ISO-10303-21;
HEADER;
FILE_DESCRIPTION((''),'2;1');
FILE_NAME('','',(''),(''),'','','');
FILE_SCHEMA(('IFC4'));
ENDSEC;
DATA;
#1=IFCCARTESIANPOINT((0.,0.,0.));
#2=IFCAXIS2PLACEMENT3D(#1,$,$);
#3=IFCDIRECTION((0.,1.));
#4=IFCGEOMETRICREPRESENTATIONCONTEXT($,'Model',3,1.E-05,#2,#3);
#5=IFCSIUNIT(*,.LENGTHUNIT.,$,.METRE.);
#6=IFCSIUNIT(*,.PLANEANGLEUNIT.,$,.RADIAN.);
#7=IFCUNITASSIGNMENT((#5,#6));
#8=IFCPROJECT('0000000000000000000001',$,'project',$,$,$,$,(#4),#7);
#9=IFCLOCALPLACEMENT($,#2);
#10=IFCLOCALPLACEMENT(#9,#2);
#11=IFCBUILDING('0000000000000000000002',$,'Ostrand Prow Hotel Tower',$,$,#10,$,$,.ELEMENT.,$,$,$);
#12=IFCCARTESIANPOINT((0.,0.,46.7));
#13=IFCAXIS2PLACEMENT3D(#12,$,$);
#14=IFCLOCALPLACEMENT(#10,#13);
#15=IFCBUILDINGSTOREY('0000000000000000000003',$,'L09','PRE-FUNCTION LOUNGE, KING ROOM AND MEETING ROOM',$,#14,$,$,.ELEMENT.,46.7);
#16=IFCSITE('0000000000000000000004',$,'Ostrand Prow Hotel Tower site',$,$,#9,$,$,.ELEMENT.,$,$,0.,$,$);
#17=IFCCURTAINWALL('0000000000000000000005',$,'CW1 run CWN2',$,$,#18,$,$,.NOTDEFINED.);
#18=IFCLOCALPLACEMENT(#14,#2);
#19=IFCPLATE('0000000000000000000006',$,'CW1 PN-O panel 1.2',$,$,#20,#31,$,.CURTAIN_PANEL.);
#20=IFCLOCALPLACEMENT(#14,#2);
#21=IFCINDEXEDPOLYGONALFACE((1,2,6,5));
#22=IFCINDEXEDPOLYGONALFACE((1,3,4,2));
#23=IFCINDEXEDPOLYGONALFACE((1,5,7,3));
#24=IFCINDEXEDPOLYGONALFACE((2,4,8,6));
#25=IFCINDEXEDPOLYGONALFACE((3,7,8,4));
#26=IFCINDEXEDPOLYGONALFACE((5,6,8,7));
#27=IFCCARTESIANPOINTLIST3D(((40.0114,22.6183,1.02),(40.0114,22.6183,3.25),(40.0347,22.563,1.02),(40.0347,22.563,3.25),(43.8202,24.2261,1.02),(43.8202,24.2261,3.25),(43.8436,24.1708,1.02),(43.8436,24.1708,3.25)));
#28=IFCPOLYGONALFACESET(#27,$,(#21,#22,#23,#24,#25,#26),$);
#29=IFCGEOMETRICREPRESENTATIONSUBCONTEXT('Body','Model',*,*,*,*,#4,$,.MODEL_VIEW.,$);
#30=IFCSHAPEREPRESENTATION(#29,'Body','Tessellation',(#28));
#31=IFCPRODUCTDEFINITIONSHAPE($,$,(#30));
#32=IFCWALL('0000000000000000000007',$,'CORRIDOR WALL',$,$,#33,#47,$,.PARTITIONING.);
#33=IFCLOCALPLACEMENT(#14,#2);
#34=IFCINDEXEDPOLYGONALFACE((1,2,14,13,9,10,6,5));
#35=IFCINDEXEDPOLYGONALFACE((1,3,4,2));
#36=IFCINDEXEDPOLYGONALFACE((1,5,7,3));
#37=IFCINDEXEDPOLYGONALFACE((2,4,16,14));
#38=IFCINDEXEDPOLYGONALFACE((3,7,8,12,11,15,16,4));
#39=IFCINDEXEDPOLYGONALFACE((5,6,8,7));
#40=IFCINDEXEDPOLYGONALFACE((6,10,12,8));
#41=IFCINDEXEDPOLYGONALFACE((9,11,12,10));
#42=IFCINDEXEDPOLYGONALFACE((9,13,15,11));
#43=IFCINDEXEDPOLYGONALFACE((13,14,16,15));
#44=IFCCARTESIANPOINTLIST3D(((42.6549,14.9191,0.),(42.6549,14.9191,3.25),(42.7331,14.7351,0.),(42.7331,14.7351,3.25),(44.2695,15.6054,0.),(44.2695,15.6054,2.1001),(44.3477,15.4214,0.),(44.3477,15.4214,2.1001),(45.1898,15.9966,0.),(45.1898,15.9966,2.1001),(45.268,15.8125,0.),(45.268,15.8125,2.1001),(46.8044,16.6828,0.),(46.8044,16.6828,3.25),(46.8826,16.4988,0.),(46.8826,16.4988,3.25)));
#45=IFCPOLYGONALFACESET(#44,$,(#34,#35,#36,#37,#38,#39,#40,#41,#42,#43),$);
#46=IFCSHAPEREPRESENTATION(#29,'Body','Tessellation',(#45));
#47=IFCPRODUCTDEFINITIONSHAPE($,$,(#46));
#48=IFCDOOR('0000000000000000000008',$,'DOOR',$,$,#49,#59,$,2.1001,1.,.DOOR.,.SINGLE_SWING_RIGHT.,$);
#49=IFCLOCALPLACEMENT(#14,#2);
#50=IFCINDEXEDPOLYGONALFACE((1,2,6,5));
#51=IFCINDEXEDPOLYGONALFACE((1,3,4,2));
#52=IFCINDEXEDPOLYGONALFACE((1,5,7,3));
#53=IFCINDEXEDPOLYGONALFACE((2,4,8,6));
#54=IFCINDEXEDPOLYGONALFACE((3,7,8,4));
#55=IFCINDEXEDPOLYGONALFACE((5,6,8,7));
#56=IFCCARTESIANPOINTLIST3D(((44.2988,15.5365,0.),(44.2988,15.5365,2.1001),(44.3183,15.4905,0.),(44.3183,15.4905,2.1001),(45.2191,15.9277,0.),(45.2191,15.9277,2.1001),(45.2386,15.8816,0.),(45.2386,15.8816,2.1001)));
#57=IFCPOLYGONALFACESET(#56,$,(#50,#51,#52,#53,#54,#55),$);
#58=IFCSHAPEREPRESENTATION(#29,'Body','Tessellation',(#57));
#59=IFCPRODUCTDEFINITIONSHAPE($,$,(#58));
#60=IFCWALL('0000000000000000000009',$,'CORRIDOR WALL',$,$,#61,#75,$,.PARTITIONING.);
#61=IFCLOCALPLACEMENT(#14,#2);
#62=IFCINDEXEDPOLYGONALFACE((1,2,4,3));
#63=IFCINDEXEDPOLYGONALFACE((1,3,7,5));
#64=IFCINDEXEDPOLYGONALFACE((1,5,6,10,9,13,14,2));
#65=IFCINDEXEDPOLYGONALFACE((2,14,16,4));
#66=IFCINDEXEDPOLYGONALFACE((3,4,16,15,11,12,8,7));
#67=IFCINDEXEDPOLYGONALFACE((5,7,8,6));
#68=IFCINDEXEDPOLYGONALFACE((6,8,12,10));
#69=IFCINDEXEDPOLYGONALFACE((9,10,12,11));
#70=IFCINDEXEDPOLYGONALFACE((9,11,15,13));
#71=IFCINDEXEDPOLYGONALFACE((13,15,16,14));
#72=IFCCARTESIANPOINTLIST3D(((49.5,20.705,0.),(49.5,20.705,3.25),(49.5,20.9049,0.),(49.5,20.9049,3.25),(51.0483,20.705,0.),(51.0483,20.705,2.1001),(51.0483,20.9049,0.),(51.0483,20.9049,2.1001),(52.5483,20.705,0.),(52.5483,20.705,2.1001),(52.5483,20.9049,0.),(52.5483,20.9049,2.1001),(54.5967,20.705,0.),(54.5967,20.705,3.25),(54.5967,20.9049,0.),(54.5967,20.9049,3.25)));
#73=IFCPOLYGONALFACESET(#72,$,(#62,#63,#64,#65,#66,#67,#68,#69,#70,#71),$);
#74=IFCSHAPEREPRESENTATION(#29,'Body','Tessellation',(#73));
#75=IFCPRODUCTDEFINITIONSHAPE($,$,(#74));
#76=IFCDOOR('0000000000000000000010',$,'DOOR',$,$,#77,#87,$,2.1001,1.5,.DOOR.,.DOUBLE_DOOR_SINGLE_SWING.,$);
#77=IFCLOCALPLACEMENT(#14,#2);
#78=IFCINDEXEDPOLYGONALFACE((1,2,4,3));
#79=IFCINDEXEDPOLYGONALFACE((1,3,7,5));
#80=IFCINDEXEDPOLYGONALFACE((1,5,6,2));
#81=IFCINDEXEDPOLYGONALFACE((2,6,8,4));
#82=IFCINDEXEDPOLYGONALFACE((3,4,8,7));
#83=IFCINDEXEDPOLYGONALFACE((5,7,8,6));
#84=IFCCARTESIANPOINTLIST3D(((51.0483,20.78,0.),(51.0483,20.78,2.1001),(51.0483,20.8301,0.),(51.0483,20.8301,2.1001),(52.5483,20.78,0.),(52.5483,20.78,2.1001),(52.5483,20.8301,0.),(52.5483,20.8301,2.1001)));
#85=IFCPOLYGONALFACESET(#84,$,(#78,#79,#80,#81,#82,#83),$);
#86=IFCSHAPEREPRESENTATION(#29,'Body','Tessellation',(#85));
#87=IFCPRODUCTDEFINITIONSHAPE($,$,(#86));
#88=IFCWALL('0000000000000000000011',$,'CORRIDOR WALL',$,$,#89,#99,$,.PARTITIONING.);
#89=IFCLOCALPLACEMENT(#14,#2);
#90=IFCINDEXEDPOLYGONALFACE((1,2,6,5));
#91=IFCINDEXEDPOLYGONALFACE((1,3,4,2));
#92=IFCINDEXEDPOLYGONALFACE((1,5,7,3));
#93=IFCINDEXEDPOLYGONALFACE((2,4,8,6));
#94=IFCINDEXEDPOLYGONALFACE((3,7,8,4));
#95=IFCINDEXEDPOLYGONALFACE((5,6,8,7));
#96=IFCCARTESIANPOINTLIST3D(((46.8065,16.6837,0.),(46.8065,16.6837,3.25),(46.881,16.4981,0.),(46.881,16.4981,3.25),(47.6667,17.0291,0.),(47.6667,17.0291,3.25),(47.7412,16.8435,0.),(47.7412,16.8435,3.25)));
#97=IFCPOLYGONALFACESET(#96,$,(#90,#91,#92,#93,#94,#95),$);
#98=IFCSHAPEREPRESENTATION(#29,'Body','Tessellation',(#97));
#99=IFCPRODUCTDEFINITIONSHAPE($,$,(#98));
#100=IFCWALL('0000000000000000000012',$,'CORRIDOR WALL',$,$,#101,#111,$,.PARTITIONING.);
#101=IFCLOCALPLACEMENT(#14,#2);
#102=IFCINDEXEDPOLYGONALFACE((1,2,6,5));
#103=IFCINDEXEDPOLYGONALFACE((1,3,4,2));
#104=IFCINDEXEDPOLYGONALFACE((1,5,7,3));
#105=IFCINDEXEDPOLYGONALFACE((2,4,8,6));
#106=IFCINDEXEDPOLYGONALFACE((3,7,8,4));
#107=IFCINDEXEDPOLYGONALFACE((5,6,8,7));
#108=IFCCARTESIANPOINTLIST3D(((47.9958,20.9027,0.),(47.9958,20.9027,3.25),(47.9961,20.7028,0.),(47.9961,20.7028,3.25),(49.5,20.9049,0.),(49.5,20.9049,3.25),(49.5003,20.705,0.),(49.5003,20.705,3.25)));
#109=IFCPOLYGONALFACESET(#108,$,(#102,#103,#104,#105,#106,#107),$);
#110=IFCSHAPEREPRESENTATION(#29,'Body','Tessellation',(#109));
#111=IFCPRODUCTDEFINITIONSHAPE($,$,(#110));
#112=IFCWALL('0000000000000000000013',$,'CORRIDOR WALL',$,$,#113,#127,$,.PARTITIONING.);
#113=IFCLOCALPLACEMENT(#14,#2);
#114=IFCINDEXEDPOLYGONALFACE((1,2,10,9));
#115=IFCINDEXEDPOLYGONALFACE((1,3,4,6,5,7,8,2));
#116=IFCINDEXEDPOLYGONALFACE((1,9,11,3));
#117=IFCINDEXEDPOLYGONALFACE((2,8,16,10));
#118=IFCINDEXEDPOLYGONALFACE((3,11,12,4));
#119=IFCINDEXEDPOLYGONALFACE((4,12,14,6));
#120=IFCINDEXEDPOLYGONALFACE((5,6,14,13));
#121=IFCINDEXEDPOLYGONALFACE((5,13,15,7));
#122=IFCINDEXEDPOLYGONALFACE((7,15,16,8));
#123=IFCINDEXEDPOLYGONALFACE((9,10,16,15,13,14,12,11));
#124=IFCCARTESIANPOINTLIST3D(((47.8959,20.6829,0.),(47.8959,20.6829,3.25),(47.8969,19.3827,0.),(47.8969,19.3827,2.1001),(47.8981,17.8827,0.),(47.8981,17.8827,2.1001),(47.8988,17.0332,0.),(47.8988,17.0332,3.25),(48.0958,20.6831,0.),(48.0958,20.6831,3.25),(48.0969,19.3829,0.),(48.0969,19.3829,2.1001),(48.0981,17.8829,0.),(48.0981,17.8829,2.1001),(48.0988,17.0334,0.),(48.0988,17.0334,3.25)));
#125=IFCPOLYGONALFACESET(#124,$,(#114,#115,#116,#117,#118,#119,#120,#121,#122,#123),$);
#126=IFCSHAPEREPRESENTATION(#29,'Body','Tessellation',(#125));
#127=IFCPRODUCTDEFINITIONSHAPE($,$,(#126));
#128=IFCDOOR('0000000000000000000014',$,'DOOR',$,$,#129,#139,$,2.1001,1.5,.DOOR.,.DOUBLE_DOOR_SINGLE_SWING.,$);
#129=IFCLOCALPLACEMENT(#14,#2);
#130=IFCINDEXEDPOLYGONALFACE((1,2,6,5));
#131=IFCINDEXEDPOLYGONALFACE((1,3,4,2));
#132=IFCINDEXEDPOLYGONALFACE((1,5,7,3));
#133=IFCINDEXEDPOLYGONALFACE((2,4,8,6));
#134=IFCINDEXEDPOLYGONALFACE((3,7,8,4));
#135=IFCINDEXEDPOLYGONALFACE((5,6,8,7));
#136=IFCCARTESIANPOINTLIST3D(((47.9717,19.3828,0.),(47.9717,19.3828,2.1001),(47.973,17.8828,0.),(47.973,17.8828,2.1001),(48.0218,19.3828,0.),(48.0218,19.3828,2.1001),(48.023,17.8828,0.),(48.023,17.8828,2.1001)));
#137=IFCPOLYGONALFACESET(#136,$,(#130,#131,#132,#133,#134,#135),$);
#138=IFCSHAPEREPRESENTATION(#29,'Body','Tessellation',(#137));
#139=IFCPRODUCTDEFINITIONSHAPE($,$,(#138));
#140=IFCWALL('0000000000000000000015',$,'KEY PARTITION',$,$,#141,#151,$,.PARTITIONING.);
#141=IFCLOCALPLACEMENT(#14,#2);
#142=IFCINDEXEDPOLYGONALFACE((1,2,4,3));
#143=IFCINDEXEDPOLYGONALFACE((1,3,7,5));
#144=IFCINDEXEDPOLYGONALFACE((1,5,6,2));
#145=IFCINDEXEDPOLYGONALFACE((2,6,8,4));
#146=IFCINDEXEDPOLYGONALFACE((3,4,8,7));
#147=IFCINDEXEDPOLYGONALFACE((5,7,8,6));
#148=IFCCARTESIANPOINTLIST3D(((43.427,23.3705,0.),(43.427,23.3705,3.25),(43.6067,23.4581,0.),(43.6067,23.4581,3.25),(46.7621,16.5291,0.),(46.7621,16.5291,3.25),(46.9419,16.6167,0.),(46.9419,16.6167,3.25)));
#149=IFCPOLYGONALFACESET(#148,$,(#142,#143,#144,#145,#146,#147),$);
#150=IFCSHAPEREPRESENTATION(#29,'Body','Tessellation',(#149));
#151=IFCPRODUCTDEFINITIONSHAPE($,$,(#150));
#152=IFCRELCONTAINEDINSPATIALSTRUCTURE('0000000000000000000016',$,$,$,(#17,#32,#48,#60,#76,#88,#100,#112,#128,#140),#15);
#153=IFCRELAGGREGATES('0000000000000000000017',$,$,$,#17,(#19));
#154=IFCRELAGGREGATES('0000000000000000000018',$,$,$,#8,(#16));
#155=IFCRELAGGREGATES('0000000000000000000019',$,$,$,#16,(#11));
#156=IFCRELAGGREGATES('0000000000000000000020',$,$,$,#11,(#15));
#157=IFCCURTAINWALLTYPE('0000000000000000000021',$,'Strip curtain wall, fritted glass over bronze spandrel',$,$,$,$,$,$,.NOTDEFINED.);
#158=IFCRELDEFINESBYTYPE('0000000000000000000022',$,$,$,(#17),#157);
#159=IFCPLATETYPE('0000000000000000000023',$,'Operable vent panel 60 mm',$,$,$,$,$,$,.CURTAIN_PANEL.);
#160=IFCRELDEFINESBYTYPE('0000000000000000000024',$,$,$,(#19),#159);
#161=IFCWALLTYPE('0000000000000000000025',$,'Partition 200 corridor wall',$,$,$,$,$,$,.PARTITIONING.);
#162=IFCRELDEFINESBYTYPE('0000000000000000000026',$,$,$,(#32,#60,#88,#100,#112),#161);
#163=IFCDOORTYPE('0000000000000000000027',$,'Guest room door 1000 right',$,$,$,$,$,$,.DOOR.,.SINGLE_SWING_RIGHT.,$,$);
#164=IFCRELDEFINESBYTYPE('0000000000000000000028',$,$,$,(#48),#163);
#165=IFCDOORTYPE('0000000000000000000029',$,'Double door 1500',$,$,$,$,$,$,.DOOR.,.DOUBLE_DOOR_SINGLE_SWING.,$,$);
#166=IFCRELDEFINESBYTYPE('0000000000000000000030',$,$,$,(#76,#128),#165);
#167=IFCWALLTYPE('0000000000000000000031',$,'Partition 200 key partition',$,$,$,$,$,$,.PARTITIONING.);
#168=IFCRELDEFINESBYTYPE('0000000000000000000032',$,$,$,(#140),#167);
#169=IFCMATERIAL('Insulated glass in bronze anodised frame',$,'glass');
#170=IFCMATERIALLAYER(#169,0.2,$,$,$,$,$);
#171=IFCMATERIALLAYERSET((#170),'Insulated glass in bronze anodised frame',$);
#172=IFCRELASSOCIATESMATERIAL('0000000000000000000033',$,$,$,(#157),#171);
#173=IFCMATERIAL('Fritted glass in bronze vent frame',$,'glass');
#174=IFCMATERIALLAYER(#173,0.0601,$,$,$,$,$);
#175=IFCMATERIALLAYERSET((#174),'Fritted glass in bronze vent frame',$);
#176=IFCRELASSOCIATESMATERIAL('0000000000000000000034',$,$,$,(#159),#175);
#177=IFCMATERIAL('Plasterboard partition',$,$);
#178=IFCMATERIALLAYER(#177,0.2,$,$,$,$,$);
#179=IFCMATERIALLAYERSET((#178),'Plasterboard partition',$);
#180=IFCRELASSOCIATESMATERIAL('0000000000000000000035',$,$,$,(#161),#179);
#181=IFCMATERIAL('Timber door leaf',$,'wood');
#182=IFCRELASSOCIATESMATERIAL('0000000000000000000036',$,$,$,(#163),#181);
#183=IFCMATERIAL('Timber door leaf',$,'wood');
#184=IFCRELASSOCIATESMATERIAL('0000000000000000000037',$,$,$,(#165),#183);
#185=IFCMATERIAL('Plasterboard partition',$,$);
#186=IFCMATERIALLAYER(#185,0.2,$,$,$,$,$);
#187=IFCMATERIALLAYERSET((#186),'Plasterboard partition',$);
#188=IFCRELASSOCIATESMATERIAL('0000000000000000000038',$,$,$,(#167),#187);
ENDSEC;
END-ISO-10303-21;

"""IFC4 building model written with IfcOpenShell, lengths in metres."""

from ifc_helpers import new_model, si_unit, direction, frame, frame_2d, origin, origin_2d, place, context, subcontext, project, spatial, rectangle, extrude, material, layer, layer_set, type_object, element, fill, aggregate, save


model = new_model("IFC4")

# Units and contexts
model_context = context("Model", 3, precision=1e-05, world=origin(), true_north=direction((0.0, 1.0)))
body_context = subcontext(model_context, "Body", "Model", "MODEL_VIEW")
ifc_project = project(units=[si_unit("LENGTHUNIT", "METRE"), si_unit("PLANEANGLEUNIT", "RADIAN")], contexts=[model_context])

# Site, building, storey
site_placement = place(None, origin())
site = spatial("IfcSite", under=ifc_project, at=site_placement, Name="Ostrand Prow Hotel Tower site", CompositionType="ELEMENT", RefElevation=0.0)
building_placement = place(site_placement, origin())
building = spatial("IfcBuilding", under=site, at=building_placement, Name="Ostrand Prow Hotel Tower", CompositionType="ELEMENT")
storey_placement = place(building_placement, frame((0.0, 0.0, 46.7)))
storey = spatial("IfcBuildingStorey", under=building, at=storey_placement, Name="L09", Description="PRE-FUNCTION LOUNGE, KING ROOM AND MEETING ROOM", CompositionType="ELEMENT", Elevation=46.7)

# Shared definitions
ifc_material_1 = material(Name="Insulated glass in bronze anodised frame", Category="glass")
ifc_layer_1 = layer(ifc_material_1, 0.2)
ifc_layer_set_1 = layer_set([ifc_layer_1], Name="Insulated glass in bronze anodised frame")
curtain_wall_type = type_object("IfcCurtainWallType", Name="Strip curtain wall, fritted glass over bronze spandrel", PredefinedType="NOTDEFINED", material=ifc_layer_set_1)

# Curtain wall
curtain_wall_1_placement = place(storey_placement, origin())
curtain_wall_1 = element("IfcCurtainWall", 1, at=curtain_wall_1_placement, inside=storey, type_object=curtain_wall_type, Name="CW1 run CWN2", PredefinedType="NOTDEFINED")

# Plate
ifc_material_2 = material(Name="Fritted glass in bronze vent frame", Category="glass")
ifc_layer_2 = layer(ifc_material_2, 0.0601)
ifc_layer_set_2 = layer_set([ifc_layer_2], Name="Fritted glass in bronze vent frame")
plate_type_1 = type_object("IfcPlateType", Name="Operable vent panel 60 mm", PredefinedType="CURTAIN_PANEL", material=ifc_layer_set_2)
plate_1_placement = place(storey_placement, frame((41.9275, 23.3945, 1.02), z_axis=(0.0, 0.0, 1.0), x_axis=(-0.921283, -0.388892, 0.0)))
plate_1 = element("IfcPlate", 2, at=plate_1_placement, type_object=plate_type_1, Name="CW1 PN-O panel 1.2", PredefinedType="CURTAIN_PANEL", context=body_context, shape_type="SweptSolid", body=[
    extrude(rectangle(XDim=4.1343, YDim=0.0601, at=origin_2d()), origin(), (0.0, 0.0, 1.0), 2.23),
])
aggregate(curtain_wall_1, [plate_1])

# Walls, openings, doors
ifc_material_3 = material(Name="Plasterboard partition")
ifc_layer_3 = layer(ifc_material_3, 0.2)
ifc_layer_set_3 = layer_set([ifc_layer_3], Name="Plasterboard partition")
wall_type_1 = type_object("IfcWallType", Name="Partition 200 corridor wall", PredefinedType="PARTITIONING", material=ifc_layer_set_3)
wall_1_placement = place(storey_placement, frame((46.8435, 16.5908, 0.0), z_axis=(0.0, 0.0, 1.0), x_axis=(-0.920317, -0.391173, 0.0)))
wall_1 = element("IfcWall", 3, at=wall_1_placement, inside=storey, type_object=wall_type_1, Name="CORRIDOR WALL", PredefinedType="PARTITIONING", context=body_context, shape_type="SweptSolid", body=[
    extrude(rectangle(XDim=4.5088, YDim=0.2, at=frame_2d((2.2544, 0.0))), origin(), (0.0, 0.0, 1.0), 3.25),
])
opening_1_placement = place(wall_1_placement, frame((1.7544, 0.0, 0.0)))
opening_1 = element("IfcOpeningElement", 4, at=opening_1_placement, cuts=wall_1, PredefinedType="OPENING", context=body_context, shape_type="SweptSolid", body=[
    extrude(rectangle(XDim=1.0, YDim=2.1001, at=frame_2d((0.5, 1.05))), frame((0.0, 0.1099, 0.0), z_axis=(0.0, -1.0, 0.0), x_axis=(1.0, 0.0, 0.0)), (0.0, 0.0, 1.0), 0.22),
])
ifc_material_4 = material(Name="Timber door leaf", Category="wood")
door_type_1 = type_object("IfcDoorType", Name="Guest room door 1000 right", OperationType="SINGLE_SWING_RIGHT", PredefinedType="DOOR", material=ifc_material_4)
door_1_placement = place(opening_1_placement, origin())
door_1 = element("IfcDoor", 5, at=door_1_placement, inside=storey, type_object=door_type_1, Name="DOOR", OperationType="SINGLE_SWING_RIGHT", OverallHeight=2.1001, OverallWidth=1.0, PredefinedType="DOOR", context=body_context, shape_type="SweptSolid", body=[
    extrude(rectangle(XDim=1.0, YDim=2.1001, at=frame_2d((0.5, 1.05))), frame((0.0, 0.0249, 0.0), z_axis=(0.0, -1.0, 0.0), x_axis=(1.0, 0.0, 0.0)), (0.0, 0.0, 1.0), 0.05),
])
fill(opening_1, door_1)
wall_2_placement = place(storey_placement, frame((54.5967, 20.8049, 0.0), z_axis=(0.0, 0.0, 1.0), x_axis=(-1.0, 0.0, 0.0)))
wall_2 = element("IfcWall", 6, at=wall_2_placement, inside=storey, type_object=wall_type_1, Name="CORRIDOR WALL", PredefinedType="PARTITIONING", context=body_context, shape_type="SweptSolid", body=[
    extrude(rectangle(XDim=5.0967, YDim=0.2, at=frame_2d((2.5483, 0.0))), origin(), (0.0, 0.0, 1.0), 3.25),
])
opening_2_placement = place(wall_2_placement, frame((2.0483, 0.0, 0.0)))
opening_2 = element("IfcOpeningElement", 7, at=opening_2_placement, cuts=wall_2, PredefinedType="OPENING", context=body_context, shape_type="SweptSolid", body=[
    extrude(rectangle(XDim=1.5, YDim=2.1001, at=frame_2d((0.75, 1.05))), frame((0.0, 0.1099, 0.0), z_axis=(0.0, -1.0, 0.0), x_axis=(1.0, 0.0, 0.0)), (0.0, 0.0, 1.0), 0.22),
])
ifc_material_5 = material(Name="Timber door leaf", Category="wood")
door_type_2 = type_object("IfcDoorType", Name="Double door 1500", OperationType="DOUBLE_DOOR_SINGLE_SWING", PredefinedType="DOOR", material=ifc_material_5)
door_2_placement = place(opening_2_placement, origin())
door_2 = element("IfcDoor", 8, at=door_2_placement, inside=storey, type_object=door_type_2, Name="DOOR", OperationType="DOUBLE_DOOR_SINGLE_SWING", OverallHeight=2.1001, OverallWidth=1.5, PredefinedType="DOOR", context=body_context, shape_type="SweptSolid", body=[
    extrude(rectangle(XDim=1.5, YDim=2.1001, at=frame_2d((0.75, 1.05))), frame((0.0, 0.0249, 0.0), z_axis=(0.0, -1.0, 0.0), x_axis=(1.0, 0.0, 0.0)), (0.0, 0.0, 1.0), 0.05),
])
fill(opening_2, door_2)

# Walls
wall_3_placement = place(storey_placement, frame((47.7039, 16.9363, 0.0), z_axis=(0.0, 0.0, 1.0), x_axis=(-0.927986, -0.372616, 0.0)))
element("IfcWall", 9, at=wall_3_placement, inside=storey, type_object=wall_type_1, Name="CORRIDOR WALL", PredefinedType="PARTITIONING", context=body_context, shape_type="SweptSolid", body=[
    extrude(rectangle(XDim=0.927, YDim=0.2, at=frame_2d((0.4634, 0.0))), origin(), (0.0, 0.0, 1.0), 3.25),
])
wall_4_placement = place(storey_placement, frame((49.5, 20.8049, 0.0), z_axis=(0.0, 0.0, 1.0), x_axis=(-0.999999, -0.001461, 0.0)))
element("IfcWall", 10, at=wall_4_placement, inside=storey, type_object=wall_type_1, Name="CORRIDOR WALL", PredefinedType="PARTITIONING", context=body_context, shape_type="SweptSolid", body=[
    extrude(rectangle(XDim=1.5042, YDim=0.2, at=frame_2d((0.752, 0.0))), origin(), (0.0, 0.0, 1.0), 3.25),
])

# Wall, opening, door
wall_5_placement = place(storey_placement, frame((47.9958, 20.6829, 0.0), z_axis=(0.0, 0.0, 1.0), x_axis=(0.000803, -1.0, 0.0)))
wall_5 = element("IfcWall", 11, at=wall_5_placement, inside=storey, type_object=wall_type_1, Name="CORRIDOR WALL", PredefinedType="PARTITIONING", context=body_context, shape_type="SweptSolid", body=[
    extrude(rectangle(XDim=3.6497, YDim=0.2, at=frame_2d((1.8247, 0.0))), origin(), (0.0, 0.0, 1.0), 3.25),
])
opening_3_placement = place(wall_5_placement, frame((1.3, 0.0, 0.0)))
opening_3 = element("IfcOpeningElement", 12, at=opening_3_placement, cuts=wall_5, PredefinedType="OPENING", context=body_context, shape_type="SweptSolid", body=[
    extrude(rectangle(XDim=1.5, YDim=2.1001, at=frame_2d((0.75, 1.05))), frame((0.0, 0.1099, 0.0), z_axis=(0.0, -1.0, 0.0), x_axis=(1.0, 0.0, 0.0)), (0.0, 0.0, 1.0), 0.22),
])
door_3_placement = place(opening_3_placement, origin())
door_3 = element("IfcDoor", 13, at=door_3_placement, inside=storey, type_object=door_type_2, Name="DOOR", OperationType="DOUBLE_DOOR_SINGLE_SWING", OverallHeight=2.1001, OverallWidth=1.5, PredefinedType="DOOR", context=body_context, shape_type="SweptSolid", body=[
    extrude(rectangle(XDim=1.5, YDim=2.1001, at=frame_2d((0.75, 1.05))), frame((0.0, 0.0249, 0.0), z_axis=(0.0, -1.0, 0.0), x_axis=(1.0, 0.0, 0.0)), (0.0, 0.0, 1.0), 0.05),
])
fill(opening_3, door_3)

# Wall
ifc_material_6 = material(Name="Plasterboard partition")
ifc_layer_4 = layer(ifc_material_6, 0.2)
ifc_layer_set_4 = layer_set([ifc_layer_4], Name="Plasterboard partition")
wall_type_2 = type_object("IfcWallType", Name="Partition 200 key partition", PredefinedType="PARTITIONING", material=ifc_layer_set_4)
wall_6_placement = place(storey_placement, frame((46.8521, 16.5728, 0.0), z_axis=(0.0, 0.0, 1.0), x_axis=(-0.438197, 0.898879, 0.0)))
element("IfcWall", 14, at=wall_6_placement, inside=storey, type_object=wall_type_2, Name="KEY PARTITION", PredefinedType="PARTITIONING", context=body_context, shape_type="SweptSolid", body=[
    extrude(rectangle(XDim=7.6111, YDim=0.2, at=frame_2d((3.8057, 0.0))), origin(), (0.0, 0.0, 1.0), 3.25),
])

save(model, "model.ifc")
